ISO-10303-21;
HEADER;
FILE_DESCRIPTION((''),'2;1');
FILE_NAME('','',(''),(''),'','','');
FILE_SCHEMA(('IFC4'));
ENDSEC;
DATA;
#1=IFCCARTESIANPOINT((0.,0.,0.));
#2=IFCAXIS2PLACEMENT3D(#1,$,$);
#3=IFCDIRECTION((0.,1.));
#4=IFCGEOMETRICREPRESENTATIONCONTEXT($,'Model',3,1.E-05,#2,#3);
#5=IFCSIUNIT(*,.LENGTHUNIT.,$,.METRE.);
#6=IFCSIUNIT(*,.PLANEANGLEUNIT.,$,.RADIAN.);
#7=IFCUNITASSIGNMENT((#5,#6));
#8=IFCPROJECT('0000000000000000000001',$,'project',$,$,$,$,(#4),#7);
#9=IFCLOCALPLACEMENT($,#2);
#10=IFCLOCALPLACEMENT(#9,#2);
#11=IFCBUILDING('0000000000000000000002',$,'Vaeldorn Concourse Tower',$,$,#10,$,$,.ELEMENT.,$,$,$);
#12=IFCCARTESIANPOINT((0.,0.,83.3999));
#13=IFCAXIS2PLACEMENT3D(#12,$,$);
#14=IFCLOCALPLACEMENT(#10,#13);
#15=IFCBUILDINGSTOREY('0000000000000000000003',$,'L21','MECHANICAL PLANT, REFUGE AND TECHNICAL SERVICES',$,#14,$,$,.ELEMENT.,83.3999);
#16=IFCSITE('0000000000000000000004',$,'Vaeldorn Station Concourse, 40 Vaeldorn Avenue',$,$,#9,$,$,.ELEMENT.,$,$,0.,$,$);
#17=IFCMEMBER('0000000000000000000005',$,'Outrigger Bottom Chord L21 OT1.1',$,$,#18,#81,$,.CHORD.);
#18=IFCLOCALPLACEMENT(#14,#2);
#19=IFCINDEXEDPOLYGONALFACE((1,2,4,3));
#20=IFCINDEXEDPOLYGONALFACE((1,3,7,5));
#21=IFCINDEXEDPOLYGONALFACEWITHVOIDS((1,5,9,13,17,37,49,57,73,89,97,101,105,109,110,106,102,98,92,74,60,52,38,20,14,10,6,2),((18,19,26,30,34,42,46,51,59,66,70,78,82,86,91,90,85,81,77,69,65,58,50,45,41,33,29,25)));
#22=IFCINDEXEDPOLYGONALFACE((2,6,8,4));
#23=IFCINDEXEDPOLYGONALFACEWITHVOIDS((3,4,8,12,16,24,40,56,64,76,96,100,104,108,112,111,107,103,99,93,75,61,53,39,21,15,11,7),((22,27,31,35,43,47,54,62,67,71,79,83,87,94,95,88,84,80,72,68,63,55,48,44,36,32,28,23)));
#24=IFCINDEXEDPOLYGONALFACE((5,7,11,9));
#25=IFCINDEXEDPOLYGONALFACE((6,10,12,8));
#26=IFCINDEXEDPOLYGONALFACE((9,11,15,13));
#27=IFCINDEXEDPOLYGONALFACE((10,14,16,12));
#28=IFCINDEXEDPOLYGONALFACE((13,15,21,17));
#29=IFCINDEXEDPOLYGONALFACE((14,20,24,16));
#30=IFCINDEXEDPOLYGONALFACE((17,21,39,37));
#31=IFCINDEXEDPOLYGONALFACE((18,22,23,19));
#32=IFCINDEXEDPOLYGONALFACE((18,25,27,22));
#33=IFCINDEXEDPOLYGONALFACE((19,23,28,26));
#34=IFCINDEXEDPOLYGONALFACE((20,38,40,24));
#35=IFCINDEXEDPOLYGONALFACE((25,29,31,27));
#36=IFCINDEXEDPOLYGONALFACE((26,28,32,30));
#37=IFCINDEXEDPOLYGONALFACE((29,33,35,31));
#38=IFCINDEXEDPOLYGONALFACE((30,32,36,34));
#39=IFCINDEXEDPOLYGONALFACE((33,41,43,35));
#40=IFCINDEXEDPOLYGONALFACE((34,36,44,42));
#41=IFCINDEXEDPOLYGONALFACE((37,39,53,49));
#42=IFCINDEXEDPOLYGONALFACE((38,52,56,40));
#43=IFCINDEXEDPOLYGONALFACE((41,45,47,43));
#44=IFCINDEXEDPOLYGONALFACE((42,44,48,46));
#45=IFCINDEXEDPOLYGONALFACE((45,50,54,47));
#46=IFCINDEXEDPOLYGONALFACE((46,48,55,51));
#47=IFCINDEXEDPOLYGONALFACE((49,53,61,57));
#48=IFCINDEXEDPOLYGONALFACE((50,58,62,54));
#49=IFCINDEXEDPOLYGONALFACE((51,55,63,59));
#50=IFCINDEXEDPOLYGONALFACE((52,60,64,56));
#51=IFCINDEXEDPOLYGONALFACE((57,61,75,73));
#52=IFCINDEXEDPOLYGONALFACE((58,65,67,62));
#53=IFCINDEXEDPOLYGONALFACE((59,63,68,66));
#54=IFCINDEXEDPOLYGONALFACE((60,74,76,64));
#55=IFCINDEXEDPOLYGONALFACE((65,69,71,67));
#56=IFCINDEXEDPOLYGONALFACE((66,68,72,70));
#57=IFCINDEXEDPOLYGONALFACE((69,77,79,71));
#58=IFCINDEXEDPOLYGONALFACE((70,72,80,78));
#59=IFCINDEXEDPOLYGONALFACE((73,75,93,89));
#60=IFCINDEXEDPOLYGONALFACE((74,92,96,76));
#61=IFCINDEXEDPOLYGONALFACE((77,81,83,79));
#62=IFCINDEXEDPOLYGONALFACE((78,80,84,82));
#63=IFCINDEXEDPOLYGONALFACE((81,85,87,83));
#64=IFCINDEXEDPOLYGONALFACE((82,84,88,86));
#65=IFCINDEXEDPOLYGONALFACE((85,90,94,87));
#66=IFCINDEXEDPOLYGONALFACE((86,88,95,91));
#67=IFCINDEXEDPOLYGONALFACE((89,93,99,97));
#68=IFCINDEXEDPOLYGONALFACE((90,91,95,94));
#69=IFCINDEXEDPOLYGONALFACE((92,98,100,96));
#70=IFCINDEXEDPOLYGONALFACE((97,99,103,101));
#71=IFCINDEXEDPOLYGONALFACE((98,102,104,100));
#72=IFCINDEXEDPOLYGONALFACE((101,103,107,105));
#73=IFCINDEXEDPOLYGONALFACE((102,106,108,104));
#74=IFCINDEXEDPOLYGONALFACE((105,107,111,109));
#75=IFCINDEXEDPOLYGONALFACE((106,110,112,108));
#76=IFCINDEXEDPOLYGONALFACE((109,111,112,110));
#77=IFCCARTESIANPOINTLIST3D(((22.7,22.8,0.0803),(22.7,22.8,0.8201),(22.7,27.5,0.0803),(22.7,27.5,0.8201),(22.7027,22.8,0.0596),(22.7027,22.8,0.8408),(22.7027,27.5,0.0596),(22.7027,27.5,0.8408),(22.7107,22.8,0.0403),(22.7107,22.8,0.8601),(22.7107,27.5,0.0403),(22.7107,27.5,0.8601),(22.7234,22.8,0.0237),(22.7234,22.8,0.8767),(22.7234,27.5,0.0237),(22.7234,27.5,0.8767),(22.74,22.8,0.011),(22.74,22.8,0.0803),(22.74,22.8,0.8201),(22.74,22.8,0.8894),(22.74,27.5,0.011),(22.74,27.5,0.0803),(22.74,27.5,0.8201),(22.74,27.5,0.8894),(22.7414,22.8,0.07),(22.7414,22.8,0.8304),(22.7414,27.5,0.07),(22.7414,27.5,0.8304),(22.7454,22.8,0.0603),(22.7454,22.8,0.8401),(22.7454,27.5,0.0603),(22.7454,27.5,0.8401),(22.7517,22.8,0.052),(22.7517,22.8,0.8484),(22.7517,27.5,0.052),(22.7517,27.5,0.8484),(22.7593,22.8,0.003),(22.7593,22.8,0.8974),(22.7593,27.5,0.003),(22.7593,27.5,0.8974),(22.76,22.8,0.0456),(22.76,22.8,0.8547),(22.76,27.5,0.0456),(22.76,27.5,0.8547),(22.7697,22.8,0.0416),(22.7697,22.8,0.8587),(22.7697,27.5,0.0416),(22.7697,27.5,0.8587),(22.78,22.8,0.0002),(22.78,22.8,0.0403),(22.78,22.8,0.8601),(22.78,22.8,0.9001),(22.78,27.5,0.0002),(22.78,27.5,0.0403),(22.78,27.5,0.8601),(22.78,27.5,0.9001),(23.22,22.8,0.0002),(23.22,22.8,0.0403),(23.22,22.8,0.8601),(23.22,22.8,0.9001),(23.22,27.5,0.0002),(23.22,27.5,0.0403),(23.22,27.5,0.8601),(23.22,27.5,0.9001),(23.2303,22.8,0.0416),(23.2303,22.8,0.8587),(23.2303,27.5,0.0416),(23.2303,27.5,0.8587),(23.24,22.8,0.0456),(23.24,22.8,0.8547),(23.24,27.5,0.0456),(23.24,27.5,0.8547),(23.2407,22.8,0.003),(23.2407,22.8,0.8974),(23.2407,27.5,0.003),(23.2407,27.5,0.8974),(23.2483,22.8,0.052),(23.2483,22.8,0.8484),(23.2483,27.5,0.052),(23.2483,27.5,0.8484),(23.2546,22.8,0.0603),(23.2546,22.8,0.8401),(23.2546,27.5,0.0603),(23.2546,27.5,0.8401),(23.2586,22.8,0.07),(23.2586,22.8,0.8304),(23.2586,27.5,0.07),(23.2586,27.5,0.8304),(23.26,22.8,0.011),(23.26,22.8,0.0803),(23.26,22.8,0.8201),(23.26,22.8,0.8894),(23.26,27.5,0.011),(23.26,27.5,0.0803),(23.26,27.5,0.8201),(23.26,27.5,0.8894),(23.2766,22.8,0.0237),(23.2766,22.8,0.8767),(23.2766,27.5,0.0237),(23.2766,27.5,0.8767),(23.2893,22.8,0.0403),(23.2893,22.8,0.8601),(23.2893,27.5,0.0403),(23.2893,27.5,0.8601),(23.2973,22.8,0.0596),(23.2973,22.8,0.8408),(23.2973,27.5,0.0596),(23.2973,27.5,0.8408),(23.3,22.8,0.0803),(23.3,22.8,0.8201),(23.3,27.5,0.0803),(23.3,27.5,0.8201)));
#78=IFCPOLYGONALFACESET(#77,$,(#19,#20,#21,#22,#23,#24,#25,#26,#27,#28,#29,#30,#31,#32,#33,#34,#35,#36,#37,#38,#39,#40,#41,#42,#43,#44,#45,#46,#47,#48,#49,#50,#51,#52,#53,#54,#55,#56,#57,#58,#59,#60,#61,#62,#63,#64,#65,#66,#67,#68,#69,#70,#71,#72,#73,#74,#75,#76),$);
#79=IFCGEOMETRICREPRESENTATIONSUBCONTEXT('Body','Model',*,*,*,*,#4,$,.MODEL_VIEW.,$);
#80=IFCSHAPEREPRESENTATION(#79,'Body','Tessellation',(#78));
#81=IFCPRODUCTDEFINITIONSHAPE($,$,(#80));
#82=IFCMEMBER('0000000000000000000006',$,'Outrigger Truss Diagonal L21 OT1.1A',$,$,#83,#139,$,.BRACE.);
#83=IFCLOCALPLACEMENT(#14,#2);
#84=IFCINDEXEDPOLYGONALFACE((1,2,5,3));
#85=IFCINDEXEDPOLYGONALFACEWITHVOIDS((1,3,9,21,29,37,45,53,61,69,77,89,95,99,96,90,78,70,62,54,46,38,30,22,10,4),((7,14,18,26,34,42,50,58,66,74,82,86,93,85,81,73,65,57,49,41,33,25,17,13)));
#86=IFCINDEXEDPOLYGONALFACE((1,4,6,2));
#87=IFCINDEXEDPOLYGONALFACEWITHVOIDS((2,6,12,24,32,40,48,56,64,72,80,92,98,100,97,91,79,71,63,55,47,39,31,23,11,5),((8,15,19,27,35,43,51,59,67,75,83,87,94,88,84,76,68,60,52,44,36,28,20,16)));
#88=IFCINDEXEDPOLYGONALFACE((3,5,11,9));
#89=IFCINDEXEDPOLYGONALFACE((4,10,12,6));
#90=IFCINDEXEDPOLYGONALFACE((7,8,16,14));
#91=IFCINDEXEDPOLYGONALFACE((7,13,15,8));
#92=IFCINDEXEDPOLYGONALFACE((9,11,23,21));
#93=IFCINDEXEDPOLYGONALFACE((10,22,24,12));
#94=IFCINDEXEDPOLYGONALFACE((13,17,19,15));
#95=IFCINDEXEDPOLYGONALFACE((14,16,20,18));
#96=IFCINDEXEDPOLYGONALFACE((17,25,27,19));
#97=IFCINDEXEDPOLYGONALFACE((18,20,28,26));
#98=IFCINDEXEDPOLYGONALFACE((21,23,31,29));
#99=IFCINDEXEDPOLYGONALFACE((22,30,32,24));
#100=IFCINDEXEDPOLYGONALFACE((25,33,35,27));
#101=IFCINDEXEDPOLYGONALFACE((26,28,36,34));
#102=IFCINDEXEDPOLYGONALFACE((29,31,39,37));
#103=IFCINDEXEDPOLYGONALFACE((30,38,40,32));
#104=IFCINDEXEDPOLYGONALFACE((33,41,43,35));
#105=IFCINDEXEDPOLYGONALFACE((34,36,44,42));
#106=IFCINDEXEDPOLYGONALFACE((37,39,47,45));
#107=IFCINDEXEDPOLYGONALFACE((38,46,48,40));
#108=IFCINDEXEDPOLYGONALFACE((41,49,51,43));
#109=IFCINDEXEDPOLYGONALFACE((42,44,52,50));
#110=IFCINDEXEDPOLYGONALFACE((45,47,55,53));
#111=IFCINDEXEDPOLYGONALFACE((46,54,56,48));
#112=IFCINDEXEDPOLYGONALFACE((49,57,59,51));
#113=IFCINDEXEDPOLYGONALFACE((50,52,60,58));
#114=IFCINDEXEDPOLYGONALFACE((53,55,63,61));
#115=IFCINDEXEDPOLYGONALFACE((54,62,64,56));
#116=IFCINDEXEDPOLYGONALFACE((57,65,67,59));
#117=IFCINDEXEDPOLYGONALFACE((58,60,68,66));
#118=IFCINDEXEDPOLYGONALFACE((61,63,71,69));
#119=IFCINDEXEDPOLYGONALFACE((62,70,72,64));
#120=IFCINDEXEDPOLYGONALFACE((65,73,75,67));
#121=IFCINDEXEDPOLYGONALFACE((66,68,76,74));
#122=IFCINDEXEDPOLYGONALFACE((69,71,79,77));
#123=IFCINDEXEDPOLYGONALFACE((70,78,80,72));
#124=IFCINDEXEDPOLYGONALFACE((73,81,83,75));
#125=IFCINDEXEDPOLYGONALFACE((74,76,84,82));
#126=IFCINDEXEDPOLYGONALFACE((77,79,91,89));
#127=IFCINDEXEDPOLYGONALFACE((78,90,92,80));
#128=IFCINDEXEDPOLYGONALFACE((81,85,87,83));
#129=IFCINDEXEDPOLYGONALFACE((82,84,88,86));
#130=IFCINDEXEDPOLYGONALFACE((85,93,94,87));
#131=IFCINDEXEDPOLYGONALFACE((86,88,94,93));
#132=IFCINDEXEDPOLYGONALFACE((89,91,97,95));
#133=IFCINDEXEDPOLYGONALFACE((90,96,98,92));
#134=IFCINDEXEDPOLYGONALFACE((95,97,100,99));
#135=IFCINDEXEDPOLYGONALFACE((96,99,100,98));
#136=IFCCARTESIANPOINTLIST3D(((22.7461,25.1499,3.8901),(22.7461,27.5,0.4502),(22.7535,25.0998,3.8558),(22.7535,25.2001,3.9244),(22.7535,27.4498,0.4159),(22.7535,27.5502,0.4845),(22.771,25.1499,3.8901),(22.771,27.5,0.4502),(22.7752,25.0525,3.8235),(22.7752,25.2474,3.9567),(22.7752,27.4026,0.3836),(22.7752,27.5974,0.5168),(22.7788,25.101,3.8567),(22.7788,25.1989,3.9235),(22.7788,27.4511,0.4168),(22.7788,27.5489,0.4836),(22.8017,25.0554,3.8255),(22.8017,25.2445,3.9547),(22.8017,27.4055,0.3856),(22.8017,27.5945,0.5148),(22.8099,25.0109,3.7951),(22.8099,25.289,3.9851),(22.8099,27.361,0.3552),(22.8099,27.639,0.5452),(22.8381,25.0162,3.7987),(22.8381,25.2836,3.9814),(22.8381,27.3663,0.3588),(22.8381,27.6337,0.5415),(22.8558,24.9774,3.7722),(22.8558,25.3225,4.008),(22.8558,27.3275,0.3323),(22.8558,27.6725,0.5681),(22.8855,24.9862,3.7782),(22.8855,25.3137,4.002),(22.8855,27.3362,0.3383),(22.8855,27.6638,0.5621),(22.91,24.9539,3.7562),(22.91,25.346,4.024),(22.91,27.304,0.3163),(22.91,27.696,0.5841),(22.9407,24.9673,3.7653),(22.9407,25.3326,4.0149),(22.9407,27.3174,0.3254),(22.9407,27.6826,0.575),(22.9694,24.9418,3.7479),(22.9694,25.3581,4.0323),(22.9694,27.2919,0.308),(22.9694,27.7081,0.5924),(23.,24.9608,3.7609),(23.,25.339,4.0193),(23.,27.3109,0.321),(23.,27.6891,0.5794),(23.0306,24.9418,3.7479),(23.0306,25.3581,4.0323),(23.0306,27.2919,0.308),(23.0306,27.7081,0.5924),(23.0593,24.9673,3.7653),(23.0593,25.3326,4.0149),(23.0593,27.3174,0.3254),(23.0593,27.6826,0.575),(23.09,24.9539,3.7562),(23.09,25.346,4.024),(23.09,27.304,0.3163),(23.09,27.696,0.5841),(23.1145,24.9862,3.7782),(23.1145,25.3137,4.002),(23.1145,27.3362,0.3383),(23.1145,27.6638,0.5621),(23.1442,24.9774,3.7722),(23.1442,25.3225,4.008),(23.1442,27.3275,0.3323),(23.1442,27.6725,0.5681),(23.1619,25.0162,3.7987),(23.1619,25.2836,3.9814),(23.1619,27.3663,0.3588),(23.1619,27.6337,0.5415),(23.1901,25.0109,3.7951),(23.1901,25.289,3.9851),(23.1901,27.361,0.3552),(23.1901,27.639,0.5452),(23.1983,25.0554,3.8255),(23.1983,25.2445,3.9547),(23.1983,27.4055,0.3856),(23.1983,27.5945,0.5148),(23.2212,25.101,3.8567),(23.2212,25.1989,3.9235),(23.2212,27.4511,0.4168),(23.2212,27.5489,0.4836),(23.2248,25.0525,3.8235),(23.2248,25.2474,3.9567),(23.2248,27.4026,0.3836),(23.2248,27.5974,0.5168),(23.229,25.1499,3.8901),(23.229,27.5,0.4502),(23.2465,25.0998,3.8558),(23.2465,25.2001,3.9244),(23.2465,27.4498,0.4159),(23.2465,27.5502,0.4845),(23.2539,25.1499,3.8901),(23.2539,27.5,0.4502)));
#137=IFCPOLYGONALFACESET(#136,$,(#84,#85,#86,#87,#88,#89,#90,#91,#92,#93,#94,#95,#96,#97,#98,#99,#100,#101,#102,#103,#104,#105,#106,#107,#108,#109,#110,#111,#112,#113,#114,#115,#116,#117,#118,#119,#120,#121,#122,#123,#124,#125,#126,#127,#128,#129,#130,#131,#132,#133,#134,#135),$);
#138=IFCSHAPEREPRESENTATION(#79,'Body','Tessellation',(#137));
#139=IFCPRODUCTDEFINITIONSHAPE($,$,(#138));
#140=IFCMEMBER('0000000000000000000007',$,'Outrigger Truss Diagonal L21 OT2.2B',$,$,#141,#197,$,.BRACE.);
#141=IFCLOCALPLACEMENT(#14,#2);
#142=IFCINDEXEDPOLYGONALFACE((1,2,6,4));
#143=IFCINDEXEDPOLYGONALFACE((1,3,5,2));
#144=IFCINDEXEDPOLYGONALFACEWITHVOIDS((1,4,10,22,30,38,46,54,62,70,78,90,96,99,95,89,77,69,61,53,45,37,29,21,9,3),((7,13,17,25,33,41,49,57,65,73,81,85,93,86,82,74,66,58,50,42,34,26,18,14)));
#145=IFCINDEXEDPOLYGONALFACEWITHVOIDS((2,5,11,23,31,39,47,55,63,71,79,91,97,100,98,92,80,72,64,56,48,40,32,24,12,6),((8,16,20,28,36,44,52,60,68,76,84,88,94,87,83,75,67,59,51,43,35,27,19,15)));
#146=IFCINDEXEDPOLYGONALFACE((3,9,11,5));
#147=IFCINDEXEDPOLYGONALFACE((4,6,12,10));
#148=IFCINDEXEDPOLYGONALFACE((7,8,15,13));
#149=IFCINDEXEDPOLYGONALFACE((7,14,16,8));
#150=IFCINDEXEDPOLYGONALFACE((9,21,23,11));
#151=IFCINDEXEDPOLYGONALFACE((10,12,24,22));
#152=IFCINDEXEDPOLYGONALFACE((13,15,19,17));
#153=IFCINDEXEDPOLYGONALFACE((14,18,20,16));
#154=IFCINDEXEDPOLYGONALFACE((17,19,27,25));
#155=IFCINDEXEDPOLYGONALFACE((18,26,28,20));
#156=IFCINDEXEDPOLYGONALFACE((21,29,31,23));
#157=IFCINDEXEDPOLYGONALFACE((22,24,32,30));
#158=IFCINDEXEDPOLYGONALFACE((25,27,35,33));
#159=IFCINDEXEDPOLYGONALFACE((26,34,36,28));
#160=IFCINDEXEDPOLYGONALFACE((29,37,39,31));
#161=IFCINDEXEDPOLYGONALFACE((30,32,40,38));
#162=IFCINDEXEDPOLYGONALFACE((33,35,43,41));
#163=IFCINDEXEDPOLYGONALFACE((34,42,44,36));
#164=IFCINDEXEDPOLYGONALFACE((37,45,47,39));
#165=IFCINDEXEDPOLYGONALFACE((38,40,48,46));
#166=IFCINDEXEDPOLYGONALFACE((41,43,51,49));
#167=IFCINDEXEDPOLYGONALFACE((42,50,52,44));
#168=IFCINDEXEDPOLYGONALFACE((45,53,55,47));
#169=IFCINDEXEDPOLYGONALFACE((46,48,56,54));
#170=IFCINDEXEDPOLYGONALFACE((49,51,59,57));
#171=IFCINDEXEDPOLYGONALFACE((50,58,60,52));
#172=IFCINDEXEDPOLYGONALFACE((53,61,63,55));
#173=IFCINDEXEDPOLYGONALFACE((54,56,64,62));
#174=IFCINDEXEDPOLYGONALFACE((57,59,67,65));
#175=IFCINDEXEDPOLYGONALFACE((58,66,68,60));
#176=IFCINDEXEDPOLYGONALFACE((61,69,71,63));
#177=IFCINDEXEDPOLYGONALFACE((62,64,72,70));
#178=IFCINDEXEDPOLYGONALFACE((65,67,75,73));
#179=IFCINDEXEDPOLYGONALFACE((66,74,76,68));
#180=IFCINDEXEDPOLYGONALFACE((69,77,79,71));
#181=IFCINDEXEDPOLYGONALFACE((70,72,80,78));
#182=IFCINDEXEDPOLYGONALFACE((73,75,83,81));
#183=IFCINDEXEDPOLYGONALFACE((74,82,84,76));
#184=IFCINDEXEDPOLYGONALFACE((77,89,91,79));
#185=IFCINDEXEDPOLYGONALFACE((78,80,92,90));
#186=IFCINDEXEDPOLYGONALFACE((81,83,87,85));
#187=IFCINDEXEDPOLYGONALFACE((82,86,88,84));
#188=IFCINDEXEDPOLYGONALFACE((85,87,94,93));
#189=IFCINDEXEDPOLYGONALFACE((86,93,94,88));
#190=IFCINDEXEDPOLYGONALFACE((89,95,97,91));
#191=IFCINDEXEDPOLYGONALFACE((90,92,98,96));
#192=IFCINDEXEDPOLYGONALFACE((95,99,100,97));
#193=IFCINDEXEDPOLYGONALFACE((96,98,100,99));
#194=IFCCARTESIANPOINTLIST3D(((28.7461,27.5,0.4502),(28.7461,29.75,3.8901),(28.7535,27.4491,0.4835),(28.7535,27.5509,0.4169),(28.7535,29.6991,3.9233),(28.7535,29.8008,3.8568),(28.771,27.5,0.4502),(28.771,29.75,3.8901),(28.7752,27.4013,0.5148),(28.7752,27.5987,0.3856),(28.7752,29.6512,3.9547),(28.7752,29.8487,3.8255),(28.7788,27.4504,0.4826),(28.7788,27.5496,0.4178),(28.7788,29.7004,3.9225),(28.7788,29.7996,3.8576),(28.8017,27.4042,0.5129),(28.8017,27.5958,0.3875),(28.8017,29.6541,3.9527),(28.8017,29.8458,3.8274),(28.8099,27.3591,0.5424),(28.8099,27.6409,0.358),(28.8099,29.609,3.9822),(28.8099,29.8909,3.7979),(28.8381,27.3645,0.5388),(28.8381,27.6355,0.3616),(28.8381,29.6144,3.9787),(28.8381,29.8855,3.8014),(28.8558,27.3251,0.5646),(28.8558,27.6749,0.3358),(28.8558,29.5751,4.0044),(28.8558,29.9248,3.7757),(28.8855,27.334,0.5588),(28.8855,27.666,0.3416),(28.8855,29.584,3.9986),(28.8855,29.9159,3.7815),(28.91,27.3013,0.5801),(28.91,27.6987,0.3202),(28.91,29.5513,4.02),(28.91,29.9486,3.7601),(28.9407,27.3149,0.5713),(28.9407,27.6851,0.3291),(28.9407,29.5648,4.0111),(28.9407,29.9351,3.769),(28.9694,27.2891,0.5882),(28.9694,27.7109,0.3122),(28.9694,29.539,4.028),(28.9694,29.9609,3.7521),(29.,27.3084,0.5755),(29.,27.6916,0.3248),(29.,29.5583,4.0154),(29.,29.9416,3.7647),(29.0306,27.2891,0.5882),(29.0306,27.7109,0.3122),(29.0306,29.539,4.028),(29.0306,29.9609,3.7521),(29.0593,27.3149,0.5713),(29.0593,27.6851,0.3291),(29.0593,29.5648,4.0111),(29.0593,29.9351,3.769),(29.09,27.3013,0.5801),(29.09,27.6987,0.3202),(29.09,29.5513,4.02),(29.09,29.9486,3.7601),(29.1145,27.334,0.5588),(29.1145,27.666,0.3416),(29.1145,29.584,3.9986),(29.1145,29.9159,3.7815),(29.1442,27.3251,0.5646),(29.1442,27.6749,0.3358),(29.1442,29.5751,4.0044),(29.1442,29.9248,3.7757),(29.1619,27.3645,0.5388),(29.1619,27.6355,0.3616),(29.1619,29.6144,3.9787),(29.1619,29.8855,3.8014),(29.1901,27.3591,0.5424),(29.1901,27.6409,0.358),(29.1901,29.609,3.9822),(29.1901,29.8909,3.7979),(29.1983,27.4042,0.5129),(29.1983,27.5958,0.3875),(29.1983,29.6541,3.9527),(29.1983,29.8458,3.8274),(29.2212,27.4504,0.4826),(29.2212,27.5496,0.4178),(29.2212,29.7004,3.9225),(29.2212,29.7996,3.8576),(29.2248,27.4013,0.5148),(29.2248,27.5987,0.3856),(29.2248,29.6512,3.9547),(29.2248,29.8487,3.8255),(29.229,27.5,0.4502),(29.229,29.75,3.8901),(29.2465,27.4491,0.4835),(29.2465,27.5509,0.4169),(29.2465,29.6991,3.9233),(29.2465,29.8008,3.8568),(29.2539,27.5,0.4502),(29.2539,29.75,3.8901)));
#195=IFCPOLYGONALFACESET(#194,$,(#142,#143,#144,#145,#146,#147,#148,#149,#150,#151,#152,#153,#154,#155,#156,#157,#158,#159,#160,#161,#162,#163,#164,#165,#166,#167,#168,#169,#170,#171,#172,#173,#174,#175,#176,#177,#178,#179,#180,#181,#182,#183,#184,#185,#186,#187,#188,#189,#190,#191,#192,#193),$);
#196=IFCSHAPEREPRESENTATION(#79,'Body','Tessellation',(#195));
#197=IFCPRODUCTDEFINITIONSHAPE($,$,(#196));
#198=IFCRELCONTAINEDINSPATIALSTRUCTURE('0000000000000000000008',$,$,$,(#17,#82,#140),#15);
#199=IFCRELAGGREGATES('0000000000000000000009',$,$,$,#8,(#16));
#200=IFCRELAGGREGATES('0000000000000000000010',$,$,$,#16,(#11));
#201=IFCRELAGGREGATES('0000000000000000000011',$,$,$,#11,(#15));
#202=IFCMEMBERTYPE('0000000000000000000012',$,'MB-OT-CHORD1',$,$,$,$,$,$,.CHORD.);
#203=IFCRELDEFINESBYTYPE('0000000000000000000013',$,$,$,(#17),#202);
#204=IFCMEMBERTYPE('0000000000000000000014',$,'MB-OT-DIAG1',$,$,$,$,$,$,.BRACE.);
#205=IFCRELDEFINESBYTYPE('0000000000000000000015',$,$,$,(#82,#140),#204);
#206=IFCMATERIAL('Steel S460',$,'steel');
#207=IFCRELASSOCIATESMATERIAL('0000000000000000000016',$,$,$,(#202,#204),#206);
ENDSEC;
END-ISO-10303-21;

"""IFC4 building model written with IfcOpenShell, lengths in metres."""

from ifc_helpers import new_model, si_unit, direction, frame, origin, origin_2d, place, context, subcontext, project, spatial, hollow_rectangle, hollow_circle, extrude, source, transform, mapped, material, material_profile, profile_set, type_object, element, save


model = new_model("IFC4")

# Units and contexts
model_context = context("Model", 3, precision=1e-05, world=origin(), true_north=direction((0.0, 1.0)))
body_context = subcontext(model_context, "Body", "Model", "MODEL_VIEW")
ifc_project = project(units=[si_unit("LENGTHUNIT", "METRE"), si_unit("PLANEANGLEUNIT", "RADIAN")], contexts=[model_context])

# Site, building, storey
site_placement = place(None, origin())
site = spatial("IfcSite", under=ifc_project, at=site_placement, Name="Vaeldorn Station Concourse, 40 Vaeldorn Avenue", CompositionType="ELEMENT", RefElevation=0.0)
building_placement = place(site_placement, origin())
building = spatial("IfcBuilding", under=site, at=building_placement, Name="Vaeldorn Concourse Tower", CompositionType="ELEMENT")
storey_placement = place(building_placement, frame((0.0, 0.0, 83.3999)))
storey = spatial("IfcBuildingStorey", under=building, at=storey_placement, Name="L21", Description="MECHANICAL PLANT, REFUGE AND TECHNICAL SERVICES", CompositionType="ELEMENT", Elevation=83.3999)

# Shared definitions
ifc_material_1 = material(Name="Steel S460", Category="steel")

# Members
ifc_material_profile_1 = material_profile(ifc_material_1, hollow_rectangle(XDim=0.6001, YDim=0.8999, WallThickness=0.04, InnerFilletRadius=0.04, OuterFilletRadius=0.0801, at=origin_2d()), Name="RHS 900x600x40")
ifc_profile_set_1 = profile_set([ifc_material_profile_1], Name="Steel S460")
member_type_1 = type_object("IfcMemberType", Name="MB-OT-CHORD1", PredefinedType="CHORD", material=ifc_profile_set_1)
shared_shape_1 = source(origin(), body_context, "Body", "SweptSolid", [
    extrude(hollow_rectangle(XDim=0.6001, YDim=0.8999, WallThickness=0.04, InnerFilletRadius=0.04, OuterFilletRadius=0.0801, at=origin_2d()), origin(), (0.0, 0.0, 1.0), 4.7),
])
member_1_placement = place(storey_placement, frame((23.0, 27.5, 0.4502), z_axis=(0.0, -1.0, 0.0), x_axis=(1.0, 0.0, 0.0)))
element("IfcMember", 1, at=member_1_placement, inside=storey, type_object=member_type_1, Name="Outrigger Bottom Chord L21 OT1.1", PredefinedType="CHORD", context=body_context, shape_type="MappedRepresentation", body=[
    mapped(shared_shape_1, transform((0.0, 0.0, 0.0), scale=1.0)),
])
ifc_material_profile_2 = material_profile(ifc_material_1, hollow_circle(Radius=0.2539, WallThickness=0.0249, at=origin_2d()), Name="CHS 508x25")
ifc_profile_set_2 = profile_set([ifc_material_profile_2], Name="Steel S460")
member_type_2 = type_object("IfcMemberType", Name="MB-OT-DIAG1", PredefinedType="BRACE", material=ifc_profile_set_2)
shared_shape_2 = source(origin(), body_context, "Body", "SweptSolid", [
    extrude(hollow_circle(Radius=0.2539, WallThickness=0.0249, at=origin_2d()), origin(), (0.0, 0.0, 1.0), 4.166),
])
member_2_placement = place(storey_placement, frame((23.0, 27.5, 0.4502), z_axis=(0.0, -0.564104, 0.825704), x_axis=(1.0, 0.0, 0.0)))
element("IfcMember", 2, at=member_2_placement, inside=storey, type_object=member_type_2, Name="Outrigger Truss Diagonal L21 OT1.1A", PredefinedType="BRACE", context=body_context, shape_type="MappedRepresentation", body=[
    mapped(shared_shape_2, transform((0.0, 0.0, 0.0), scale=1.0)),
])
shared_shape_3 = source(origin(), body_context, "Body", "SweptSolid", [
    extrude(hollow_circle(Radius=0.2539, WallThickness=0.0249, at=origin_2d()), origin(), (0.0, 0.0, 1.0), 4.1104),
])
member_3_placement = place(storey_placement, frame((29.0, 27.5, 0.4502), z_axis=(0.0, 0.547387, 0.83688), x_axis=(-1.0, 0.0, 0.0)))
element("IfcMember", 3, at=member_3_placement, inside=storey, type_object=member_type_2, Name="Outrigger Truss Diagonal L21 OT2.2B", PredefinedType="BRACE", context=body_context, shape_type="MappedRepresentation", body=[
    mapped(shared_shape_3, transform((0.0, 0.0, 0.0), scale=1.0)),
])

save(model, "model.ifc")
